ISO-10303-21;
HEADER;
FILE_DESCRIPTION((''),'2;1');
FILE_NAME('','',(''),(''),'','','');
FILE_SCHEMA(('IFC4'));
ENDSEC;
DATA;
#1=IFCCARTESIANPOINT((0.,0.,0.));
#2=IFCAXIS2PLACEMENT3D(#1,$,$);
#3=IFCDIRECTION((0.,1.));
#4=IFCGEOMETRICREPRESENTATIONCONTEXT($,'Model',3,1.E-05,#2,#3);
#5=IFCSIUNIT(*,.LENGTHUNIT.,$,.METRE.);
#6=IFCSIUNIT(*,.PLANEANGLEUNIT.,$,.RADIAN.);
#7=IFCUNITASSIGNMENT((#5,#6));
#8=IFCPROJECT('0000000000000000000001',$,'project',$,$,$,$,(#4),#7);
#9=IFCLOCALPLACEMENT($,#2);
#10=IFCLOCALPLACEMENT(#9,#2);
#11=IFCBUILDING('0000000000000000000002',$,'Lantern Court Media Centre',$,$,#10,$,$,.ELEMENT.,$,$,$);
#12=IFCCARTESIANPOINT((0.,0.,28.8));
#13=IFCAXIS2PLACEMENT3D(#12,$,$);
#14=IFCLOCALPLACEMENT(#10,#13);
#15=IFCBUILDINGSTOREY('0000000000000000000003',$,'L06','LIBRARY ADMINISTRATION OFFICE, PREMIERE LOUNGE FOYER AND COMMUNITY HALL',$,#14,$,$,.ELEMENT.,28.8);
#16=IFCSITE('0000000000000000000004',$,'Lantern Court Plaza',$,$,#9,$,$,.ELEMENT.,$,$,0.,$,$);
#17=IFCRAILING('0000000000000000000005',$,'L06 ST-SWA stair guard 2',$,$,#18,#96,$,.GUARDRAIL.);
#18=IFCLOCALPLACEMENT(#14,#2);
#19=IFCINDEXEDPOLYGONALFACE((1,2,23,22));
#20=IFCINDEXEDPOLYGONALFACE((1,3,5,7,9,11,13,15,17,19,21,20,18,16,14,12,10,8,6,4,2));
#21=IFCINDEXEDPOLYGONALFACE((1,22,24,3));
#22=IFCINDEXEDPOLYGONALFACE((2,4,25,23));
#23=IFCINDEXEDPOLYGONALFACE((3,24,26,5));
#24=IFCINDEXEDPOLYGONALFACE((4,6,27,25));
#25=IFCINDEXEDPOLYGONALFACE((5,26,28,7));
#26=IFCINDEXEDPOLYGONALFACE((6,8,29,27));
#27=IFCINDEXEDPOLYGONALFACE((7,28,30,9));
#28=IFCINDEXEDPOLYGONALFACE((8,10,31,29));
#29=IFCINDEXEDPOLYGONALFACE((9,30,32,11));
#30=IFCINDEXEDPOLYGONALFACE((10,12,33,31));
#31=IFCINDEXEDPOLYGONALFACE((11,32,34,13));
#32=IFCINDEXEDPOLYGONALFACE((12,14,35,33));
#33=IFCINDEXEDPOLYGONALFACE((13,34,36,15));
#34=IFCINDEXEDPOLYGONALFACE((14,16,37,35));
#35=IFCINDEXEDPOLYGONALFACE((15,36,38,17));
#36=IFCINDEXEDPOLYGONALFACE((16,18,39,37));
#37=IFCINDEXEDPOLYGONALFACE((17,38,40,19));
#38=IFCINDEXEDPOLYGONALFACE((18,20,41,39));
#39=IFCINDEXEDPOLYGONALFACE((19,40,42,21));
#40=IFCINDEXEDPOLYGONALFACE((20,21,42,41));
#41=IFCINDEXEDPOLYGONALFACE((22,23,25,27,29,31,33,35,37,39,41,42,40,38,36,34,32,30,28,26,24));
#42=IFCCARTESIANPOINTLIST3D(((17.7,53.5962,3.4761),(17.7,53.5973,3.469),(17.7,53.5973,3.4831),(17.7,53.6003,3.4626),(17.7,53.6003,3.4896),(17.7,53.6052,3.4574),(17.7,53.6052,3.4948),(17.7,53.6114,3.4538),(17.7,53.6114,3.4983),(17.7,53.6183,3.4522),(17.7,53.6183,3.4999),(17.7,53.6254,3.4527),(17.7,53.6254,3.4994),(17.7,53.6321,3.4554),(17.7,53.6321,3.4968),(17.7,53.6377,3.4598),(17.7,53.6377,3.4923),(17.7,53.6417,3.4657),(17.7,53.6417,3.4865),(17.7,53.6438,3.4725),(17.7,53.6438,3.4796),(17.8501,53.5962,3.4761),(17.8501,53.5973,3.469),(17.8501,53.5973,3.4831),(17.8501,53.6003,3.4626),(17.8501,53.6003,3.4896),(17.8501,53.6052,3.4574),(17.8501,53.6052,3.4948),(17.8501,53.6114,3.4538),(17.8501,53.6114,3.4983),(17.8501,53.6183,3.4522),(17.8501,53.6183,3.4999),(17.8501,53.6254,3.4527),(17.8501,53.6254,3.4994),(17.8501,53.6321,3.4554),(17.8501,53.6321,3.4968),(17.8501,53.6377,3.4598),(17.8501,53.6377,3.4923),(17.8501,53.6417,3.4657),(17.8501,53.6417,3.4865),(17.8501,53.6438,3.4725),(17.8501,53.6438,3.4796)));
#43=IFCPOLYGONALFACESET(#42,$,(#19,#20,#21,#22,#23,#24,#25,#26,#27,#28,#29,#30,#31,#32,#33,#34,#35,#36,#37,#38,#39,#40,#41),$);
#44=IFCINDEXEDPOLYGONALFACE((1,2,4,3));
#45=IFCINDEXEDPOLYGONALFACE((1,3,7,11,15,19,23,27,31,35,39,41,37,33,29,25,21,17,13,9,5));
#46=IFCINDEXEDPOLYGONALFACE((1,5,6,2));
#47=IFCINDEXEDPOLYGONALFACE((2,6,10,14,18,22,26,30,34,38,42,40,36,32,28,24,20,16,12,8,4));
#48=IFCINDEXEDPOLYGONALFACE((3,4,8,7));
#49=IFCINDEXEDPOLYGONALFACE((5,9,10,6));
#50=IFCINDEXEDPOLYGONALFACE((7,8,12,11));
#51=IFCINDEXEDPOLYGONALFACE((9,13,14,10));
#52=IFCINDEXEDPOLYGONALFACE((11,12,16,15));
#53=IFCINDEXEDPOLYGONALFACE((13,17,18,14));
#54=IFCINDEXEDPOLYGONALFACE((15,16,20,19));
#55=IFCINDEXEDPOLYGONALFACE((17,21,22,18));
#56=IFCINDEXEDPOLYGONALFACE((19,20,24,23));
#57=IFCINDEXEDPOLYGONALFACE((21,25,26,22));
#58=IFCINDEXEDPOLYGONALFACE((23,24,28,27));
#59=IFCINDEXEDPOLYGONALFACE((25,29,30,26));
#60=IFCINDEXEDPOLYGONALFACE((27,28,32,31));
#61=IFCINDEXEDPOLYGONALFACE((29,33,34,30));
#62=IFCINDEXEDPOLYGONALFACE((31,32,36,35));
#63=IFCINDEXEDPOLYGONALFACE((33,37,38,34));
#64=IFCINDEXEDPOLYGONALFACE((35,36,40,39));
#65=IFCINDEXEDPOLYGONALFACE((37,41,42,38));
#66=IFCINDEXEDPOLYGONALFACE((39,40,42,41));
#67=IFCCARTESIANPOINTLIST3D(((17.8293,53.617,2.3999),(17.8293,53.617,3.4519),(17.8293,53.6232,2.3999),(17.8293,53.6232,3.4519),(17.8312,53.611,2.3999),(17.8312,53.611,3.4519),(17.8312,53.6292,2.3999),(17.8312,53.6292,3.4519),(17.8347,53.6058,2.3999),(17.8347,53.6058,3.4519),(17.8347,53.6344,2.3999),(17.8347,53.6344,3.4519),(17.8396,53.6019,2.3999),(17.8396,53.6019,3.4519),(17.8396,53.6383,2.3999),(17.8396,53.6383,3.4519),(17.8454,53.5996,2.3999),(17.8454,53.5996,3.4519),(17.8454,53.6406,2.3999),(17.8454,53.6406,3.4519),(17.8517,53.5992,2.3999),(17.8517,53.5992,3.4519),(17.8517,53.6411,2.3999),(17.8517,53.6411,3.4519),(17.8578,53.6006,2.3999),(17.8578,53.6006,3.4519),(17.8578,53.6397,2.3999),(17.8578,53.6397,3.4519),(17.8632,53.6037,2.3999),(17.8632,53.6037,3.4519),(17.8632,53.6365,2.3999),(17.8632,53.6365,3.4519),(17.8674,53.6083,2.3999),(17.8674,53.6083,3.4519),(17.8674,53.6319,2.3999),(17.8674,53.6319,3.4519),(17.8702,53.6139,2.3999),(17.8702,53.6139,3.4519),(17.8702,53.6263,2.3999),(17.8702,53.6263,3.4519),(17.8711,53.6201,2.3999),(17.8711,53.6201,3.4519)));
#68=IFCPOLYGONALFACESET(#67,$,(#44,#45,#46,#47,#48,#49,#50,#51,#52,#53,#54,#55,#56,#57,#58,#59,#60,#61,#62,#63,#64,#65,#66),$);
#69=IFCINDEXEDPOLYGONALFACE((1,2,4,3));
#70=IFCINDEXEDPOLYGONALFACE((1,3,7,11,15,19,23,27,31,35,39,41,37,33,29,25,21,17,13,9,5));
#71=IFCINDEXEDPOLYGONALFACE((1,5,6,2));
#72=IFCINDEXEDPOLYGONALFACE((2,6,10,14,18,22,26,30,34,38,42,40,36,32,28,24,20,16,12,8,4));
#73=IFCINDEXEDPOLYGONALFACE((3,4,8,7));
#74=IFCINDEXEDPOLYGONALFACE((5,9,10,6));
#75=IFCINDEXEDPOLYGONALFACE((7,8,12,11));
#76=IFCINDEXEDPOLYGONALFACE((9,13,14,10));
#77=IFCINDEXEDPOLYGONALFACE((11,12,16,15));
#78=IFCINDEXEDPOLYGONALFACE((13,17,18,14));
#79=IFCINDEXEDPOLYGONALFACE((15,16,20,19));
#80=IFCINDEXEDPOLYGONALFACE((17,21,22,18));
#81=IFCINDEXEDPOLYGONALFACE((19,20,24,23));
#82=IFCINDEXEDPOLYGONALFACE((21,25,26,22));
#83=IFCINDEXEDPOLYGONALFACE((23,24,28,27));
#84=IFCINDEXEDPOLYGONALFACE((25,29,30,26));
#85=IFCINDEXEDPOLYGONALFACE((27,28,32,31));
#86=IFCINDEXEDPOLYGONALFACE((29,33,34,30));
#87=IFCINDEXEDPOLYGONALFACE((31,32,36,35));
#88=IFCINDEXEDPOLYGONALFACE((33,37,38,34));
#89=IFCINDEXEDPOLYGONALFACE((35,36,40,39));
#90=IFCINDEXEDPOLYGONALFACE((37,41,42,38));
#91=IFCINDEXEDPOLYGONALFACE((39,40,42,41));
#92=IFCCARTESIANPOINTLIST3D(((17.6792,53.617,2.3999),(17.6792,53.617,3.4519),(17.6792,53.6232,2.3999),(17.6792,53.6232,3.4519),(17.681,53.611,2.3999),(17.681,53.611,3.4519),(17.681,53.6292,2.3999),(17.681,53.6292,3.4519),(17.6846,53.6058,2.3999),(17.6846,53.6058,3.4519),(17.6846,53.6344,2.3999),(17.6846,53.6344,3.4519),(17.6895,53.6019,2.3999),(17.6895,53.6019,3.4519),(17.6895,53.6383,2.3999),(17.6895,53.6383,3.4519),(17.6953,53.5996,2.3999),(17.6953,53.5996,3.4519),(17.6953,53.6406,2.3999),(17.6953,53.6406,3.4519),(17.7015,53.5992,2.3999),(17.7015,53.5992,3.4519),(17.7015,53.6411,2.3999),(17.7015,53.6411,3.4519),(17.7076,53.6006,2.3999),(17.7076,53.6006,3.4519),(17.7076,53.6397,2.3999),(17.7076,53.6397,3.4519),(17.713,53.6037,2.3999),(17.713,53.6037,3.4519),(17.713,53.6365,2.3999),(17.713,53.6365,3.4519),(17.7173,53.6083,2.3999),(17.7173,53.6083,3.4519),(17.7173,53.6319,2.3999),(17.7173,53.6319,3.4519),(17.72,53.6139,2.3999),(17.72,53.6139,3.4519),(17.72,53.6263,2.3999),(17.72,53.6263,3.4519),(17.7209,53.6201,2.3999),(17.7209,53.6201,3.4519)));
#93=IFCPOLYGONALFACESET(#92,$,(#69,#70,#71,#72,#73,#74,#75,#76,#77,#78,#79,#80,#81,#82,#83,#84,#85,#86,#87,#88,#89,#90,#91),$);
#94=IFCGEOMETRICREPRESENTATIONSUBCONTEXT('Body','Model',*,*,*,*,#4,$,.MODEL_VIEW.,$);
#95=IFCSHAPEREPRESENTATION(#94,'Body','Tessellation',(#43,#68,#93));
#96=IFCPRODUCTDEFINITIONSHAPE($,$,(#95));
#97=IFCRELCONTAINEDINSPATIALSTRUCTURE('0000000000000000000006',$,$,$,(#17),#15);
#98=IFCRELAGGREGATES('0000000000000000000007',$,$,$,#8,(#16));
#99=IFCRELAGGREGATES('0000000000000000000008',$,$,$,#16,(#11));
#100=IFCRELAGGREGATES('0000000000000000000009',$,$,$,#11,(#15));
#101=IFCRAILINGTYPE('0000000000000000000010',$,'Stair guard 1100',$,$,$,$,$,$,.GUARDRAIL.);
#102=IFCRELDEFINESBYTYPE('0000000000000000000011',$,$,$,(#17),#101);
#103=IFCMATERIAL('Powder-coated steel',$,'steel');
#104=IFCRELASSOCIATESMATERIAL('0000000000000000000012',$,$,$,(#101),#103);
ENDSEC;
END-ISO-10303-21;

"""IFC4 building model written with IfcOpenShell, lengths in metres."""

from ifc_helpers import new_model, si_unit, direction, frame, origin, origin_2d, place, context, subcontext, project, spatial, circle, extrude, material, type_object, element, save


model = new_model("IFC4")

# Units and contexts
model_context = context("Model", 3, precision=1e-05, world=origin(), true_north=direction((0.0, 1.0)))
body_context = subcontext(model_context, "Body", "Model", "MODEL_VIEW")
ifc_project = project(units=[si_unit("LENGTHUNIT", "METRE"), si_unit("PLANEANGLEUNIT", "RADIAN")], contexts=[model_context])

# Site, building, storey
site_placement = place(None, origin())
site = spatial("IfcSite", under=ifc_project, at=site_placement, Name="Lantern Court Plaza", CompositionType="ELEMENT", RefElevation=0.0)
building_placement = place(site_placement, origin())
building = spatial("IfcBuilding", under=site, at=building_placement, Name="Lantern Court Media Centre", CompositionType="ELEMENT")
storey_placement = place(building_placement, frame((0.0, 0.0, 28.8)))
storey = spatial("IfcBuildingStorey", under=building, at=storey_placement, Name="L06", Description="LIBRARY ADMINISTRATION OFFICE, PREMIERE LOUNGE FOYER AND COMMUNITY HALL", CompositionType="ELEMENT", Elevation=28.8)

# Shared definitions
ifc_material_1 = material(Name="Powder-coated steel", Category="steel")

# Railing
railing_type_1 = type_object("IfcRailingType", Name="Stair guard 1100", PredefinedType="GUARDRAIL", material=ifc_material_1)
railing_1_placement = place(storey_placement, frame((17.8501, 53.6201, 2.3999)))
element("IfcRailing", 1, at=railing_1_placement, inside=storey, type_object=railing_type_1, Name="L06 ST-SWA stair guard 2", PredefinedType="GUARDRAIL", context=body_context, shape_type="SweptSolid", body=[
    extrude(circle(Radius=0.0239, at=origin_2d()), frame((0.0, 0.0, 1.0762), z_axis=(-1.0, 0.0, 0.0), x_axis=(0.0, -1.0, 0.0)), (0.0, 0.0, 1.0), 0.1501),
    extrude(circle(Radius=0.021, at=origin_2d()), origin(), (0.0, 0.0, 1.0), 1.052),
    extrude(circle(Radius=0.021, at=origin_2d()), frame((-0.1501, 0.0, 0.0)), (0.0, 0.0, 1.0), 1.052),
])

save(model, "model.ifc")
